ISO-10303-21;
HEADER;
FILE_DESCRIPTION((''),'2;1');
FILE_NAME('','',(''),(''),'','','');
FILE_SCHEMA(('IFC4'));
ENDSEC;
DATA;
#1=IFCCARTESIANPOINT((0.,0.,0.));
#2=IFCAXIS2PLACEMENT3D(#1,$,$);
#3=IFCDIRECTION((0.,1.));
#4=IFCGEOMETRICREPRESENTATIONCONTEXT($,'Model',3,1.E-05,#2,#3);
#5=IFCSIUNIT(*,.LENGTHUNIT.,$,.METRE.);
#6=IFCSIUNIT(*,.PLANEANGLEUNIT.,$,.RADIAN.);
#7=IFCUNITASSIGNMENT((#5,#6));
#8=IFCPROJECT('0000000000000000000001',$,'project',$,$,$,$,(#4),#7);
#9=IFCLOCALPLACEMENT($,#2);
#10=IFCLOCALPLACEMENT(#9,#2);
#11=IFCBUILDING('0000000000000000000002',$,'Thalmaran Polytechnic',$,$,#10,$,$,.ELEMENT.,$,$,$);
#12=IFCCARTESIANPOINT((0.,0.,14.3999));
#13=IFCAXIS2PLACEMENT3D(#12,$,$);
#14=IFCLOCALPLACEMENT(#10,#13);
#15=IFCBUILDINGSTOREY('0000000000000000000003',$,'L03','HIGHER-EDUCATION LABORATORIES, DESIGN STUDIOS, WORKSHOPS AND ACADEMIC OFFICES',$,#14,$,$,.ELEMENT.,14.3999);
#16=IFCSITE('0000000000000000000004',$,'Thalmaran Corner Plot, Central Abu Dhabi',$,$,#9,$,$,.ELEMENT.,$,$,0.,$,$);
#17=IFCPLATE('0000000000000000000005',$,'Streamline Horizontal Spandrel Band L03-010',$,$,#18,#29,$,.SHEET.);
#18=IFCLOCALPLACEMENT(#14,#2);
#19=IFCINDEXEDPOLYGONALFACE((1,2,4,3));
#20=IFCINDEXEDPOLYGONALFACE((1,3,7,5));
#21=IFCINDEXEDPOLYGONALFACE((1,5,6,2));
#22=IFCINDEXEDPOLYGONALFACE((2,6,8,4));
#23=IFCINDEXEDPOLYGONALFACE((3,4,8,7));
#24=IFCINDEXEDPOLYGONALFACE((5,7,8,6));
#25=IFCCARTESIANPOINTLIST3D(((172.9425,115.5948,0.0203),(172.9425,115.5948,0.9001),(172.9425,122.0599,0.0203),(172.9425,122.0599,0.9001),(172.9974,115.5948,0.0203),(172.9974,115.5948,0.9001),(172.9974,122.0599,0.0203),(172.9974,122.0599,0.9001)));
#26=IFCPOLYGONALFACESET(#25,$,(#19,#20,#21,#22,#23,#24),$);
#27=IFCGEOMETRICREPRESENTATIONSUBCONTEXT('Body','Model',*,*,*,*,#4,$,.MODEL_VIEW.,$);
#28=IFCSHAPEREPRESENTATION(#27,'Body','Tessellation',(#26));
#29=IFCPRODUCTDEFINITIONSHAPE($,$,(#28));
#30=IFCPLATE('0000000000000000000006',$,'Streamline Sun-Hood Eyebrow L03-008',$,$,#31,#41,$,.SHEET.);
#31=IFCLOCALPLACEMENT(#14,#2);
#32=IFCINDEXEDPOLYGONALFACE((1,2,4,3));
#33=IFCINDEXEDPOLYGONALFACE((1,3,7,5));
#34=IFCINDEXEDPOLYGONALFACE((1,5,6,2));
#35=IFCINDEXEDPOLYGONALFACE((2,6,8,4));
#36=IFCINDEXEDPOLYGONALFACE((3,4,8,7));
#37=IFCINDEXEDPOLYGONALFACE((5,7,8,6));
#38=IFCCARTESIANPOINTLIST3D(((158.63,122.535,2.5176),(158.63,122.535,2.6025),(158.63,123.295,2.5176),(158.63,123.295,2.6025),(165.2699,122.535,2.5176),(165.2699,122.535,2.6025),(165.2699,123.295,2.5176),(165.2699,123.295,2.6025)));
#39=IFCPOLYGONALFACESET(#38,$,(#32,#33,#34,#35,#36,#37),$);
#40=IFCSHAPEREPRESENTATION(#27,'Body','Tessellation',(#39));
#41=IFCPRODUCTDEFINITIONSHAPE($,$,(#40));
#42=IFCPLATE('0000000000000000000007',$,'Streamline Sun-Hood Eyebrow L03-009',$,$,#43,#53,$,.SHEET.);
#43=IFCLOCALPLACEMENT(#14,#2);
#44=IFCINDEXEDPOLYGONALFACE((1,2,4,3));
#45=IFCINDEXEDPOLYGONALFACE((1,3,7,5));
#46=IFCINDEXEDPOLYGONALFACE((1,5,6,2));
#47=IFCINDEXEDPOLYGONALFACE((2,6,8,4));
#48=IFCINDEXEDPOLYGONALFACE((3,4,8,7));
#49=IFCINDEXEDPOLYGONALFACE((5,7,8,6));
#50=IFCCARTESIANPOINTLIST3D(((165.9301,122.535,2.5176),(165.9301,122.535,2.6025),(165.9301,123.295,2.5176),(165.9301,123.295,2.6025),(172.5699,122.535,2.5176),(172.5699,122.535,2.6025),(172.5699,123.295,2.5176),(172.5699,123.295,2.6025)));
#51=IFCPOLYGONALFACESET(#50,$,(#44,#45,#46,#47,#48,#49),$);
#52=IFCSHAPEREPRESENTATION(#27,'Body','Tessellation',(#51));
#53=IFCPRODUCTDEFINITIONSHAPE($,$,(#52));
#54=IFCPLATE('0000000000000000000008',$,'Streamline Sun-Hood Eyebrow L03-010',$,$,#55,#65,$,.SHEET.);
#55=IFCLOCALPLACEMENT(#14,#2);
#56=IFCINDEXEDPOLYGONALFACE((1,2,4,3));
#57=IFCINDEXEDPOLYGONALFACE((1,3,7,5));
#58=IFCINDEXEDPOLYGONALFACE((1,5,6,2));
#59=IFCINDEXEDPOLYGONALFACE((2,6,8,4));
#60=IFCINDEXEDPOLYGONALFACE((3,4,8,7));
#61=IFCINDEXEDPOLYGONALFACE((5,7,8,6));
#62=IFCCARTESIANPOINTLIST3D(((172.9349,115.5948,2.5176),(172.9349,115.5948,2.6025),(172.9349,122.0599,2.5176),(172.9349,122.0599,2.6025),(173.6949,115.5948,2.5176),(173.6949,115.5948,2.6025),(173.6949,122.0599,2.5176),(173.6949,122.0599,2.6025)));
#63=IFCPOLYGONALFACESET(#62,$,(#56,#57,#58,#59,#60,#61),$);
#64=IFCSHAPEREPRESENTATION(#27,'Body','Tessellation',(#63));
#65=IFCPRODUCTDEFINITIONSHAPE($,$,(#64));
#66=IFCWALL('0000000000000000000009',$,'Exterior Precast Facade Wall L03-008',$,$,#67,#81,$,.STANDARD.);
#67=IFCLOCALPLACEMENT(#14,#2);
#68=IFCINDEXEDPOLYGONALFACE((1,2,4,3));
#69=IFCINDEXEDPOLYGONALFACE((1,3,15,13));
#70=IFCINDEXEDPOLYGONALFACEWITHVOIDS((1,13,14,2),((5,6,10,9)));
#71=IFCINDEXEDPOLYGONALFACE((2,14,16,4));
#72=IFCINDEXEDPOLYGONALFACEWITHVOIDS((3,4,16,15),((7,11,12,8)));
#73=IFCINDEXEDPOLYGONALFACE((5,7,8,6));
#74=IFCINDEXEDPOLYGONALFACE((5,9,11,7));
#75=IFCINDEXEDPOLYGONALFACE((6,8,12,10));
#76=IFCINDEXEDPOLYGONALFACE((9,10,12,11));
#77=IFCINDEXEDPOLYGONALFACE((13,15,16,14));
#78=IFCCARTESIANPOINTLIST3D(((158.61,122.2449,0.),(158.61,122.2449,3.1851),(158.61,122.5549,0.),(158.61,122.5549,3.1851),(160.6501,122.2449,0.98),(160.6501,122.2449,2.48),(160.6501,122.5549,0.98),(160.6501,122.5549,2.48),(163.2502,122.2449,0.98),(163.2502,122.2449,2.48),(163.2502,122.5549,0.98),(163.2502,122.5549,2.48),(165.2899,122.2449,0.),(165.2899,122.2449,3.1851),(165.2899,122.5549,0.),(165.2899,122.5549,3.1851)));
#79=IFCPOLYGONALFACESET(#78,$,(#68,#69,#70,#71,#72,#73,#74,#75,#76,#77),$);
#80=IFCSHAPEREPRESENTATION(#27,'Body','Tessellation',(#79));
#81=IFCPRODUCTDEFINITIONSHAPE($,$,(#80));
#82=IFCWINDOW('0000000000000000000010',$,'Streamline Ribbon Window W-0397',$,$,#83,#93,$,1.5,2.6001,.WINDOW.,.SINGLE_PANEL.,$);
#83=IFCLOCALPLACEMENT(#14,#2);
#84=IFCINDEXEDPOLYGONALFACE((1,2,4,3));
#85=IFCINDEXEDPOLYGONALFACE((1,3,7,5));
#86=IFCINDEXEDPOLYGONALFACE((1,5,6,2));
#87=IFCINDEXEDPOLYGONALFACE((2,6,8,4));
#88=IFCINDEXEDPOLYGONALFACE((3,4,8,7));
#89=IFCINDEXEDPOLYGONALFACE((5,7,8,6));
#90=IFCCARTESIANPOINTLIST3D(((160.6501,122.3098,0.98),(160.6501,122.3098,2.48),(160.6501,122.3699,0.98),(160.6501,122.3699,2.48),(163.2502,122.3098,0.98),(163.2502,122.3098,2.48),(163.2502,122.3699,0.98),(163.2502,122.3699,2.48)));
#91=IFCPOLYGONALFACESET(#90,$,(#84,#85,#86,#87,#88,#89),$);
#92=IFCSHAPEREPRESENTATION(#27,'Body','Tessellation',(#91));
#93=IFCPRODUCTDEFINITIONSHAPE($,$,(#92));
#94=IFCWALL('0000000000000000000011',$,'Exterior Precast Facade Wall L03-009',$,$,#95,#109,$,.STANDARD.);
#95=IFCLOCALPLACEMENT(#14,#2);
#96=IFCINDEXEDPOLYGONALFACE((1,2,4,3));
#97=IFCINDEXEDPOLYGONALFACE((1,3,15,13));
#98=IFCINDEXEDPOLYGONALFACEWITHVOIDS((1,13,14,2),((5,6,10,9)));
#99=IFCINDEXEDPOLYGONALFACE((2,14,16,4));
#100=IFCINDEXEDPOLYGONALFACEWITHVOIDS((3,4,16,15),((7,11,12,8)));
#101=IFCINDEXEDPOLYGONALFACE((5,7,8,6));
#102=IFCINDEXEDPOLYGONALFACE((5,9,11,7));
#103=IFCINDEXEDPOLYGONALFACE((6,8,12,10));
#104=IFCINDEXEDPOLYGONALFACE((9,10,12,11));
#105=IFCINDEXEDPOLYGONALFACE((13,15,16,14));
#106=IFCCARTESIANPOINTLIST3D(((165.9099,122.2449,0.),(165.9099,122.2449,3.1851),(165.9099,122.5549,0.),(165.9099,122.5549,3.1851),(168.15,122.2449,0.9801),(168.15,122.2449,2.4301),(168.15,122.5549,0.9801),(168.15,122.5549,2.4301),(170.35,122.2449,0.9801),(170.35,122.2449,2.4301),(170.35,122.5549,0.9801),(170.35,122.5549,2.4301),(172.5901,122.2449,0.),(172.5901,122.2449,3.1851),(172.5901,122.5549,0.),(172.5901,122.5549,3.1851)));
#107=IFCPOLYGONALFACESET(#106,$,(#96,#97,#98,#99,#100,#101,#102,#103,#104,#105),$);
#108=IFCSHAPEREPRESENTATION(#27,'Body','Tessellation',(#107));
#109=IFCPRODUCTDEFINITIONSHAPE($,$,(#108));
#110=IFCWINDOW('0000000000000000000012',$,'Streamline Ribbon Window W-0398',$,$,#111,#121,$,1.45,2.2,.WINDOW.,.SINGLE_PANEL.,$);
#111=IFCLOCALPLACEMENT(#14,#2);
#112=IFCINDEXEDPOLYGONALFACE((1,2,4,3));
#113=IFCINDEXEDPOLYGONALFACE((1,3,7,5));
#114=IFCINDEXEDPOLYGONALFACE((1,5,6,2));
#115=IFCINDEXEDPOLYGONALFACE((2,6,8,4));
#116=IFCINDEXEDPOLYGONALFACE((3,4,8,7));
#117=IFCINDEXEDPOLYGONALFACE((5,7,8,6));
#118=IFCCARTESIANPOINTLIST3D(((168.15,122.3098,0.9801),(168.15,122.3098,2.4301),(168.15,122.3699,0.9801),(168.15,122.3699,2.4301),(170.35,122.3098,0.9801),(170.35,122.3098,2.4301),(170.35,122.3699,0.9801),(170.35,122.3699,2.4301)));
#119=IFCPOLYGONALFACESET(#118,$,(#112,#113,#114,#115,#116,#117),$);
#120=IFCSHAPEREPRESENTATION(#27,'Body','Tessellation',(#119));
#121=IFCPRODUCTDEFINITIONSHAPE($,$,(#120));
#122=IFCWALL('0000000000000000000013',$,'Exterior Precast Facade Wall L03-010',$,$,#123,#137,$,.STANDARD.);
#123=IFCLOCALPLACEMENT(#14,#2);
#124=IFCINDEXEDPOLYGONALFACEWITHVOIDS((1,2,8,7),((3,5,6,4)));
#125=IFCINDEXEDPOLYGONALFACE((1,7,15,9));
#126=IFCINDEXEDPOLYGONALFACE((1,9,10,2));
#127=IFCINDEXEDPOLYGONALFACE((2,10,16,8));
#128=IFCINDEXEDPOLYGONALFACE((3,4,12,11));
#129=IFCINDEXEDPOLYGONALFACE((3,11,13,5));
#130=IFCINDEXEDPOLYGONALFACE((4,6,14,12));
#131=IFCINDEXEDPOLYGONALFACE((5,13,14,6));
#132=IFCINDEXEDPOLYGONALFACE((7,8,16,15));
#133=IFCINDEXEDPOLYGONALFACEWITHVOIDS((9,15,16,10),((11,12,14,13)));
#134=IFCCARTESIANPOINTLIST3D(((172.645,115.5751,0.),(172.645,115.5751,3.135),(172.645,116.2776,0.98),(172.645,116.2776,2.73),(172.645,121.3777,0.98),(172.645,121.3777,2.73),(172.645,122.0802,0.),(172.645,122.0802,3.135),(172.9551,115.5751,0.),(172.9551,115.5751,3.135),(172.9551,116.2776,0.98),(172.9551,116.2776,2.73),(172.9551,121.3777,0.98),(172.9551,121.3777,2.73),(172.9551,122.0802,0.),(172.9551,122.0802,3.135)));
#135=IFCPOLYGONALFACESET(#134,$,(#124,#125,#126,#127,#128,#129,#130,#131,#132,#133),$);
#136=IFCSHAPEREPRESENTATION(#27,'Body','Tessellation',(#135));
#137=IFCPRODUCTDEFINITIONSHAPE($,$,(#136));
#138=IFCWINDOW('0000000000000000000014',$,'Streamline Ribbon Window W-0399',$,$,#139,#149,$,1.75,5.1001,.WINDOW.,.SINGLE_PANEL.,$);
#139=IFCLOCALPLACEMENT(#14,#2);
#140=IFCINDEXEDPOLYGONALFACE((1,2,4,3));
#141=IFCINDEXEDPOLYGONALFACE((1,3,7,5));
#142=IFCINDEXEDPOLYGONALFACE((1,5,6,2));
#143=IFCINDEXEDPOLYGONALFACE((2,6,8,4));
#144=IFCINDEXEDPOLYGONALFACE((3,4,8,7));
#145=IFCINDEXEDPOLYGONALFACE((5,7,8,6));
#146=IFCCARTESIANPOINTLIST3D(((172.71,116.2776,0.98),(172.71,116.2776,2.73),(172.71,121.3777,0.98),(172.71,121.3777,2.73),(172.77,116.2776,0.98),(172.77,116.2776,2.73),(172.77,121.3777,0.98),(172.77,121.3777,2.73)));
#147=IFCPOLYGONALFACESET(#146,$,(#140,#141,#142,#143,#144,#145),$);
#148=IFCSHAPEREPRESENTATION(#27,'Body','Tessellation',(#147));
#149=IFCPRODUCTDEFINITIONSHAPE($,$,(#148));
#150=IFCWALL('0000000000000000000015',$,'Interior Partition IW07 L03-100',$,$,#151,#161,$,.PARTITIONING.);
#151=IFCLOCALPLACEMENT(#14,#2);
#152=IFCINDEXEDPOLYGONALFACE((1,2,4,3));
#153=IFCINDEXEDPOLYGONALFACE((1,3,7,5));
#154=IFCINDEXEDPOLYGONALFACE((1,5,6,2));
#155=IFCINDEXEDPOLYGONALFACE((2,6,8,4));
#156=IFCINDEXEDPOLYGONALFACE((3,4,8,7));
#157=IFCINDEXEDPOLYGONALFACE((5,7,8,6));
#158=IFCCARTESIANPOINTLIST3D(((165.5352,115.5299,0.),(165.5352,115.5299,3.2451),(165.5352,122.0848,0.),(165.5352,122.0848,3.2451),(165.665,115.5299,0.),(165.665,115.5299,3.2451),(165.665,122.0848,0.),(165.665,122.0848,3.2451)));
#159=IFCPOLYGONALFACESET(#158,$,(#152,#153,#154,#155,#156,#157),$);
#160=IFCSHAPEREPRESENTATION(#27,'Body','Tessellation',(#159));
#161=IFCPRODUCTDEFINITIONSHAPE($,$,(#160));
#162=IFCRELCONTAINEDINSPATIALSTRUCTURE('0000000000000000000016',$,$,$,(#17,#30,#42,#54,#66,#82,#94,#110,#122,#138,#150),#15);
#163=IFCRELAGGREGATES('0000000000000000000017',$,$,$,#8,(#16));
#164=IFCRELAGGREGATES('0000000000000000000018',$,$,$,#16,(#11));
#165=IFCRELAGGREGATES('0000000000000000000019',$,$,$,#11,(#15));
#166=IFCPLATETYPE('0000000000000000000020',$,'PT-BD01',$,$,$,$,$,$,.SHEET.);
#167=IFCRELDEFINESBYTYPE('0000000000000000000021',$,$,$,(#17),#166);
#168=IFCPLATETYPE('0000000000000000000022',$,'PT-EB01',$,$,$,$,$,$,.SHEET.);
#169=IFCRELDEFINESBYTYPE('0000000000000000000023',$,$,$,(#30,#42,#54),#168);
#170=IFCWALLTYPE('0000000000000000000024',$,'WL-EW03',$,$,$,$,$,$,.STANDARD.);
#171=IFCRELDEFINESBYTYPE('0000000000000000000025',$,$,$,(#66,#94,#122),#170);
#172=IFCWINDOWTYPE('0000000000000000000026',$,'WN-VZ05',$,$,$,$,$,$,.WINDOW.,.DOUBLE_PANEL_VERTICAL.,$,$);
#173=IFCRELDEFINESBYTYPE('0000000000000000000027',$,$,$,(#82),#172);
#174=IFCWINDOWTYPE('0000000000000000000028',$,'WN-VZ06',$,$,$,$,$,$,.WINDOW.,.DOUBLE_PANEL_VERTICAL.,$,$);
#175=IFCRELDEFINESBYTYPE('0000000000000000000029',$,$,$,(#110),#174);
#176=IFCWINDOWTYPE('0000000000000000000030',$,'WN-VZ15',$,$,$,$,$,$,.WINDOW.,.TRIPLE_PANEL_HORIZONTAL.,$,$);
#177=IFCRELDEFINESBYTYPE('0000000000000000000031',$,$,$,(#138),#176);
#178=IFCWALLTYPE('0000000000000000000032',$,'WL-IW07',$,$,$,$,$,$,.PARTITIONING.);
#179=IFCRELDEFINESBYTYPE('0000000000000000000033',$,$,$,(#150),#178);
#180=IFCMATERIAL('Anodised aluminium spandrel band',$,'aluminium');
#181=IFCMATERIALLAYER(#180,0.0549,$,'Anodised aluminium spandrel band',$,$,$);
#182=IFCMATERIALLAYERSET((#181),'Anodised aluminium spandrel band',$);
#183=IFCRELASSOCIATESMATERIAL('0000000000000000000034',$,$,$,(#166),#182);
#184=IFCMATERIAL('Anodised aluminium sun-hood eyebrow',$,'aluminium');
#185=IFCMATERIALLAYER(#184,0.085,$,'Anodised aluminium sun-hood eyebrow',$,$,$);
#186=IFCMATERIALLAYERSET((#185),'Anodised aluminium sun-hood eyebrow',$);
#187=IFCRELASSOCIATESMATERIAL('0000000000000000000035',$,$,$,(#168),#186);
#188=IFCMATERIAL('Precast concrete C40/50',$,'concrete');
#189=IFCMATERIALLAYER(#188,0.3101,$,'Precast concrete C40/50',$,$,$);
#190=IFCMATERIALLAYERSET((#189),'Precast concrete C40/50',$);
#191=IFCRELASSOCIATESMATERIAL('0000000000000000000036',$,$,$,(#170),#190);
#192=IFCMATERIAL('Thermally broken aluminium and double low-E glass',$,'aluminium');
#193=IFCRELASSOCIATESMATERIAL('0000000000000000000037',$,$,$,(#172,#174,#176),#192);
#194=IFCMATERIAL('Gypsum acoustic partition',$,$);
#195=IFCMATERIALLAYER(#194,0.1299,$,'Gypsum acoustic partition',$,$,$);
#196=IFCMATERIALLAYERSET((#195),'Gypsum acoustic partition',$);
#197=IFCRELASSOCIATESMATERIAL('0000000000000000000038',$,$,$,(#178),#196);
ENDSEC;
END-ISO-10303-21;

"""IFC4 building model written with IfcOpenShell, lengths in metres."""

from ifc_helpers import new_model, si_unit, direction, frame, frame_2d, origin, origin_2d, place, context, subcontext, project, spatial, rectangle, extrude, material, layer, layer_set, type_object, element, fill, save


model = new_model("IFC4")

# Units and contexts
model_context = context("Model", 3, precision=1e-05, world=origin(), true_north=direction((0.0, 1.0)))
body_context = subcontext(model_context, "Body", "Model", "MODEL_VIEW")
ifc_project = project(units=[si_unit("LENGTHUNIT", "METRE"), si_unit("PLANEANGLEUNIT", "RADIAN")], contexts=[model_context])

# Site, building, storey
site_placement = place(None, origin())
site = spatial("IfcSite", under=ifc_project, at=site_placement, Name="Thalmaran Corner Plot, Central Abu Dhabi", CompositionType="ELEMENT", RefElevation=0.0)
building_placement = place(site_placement, origin())
building = spatial("IfcBuilding", under=site, at=building_placement, Name="Thalmaran Polytechnic", CompositionType="ELEMENT")
storey_placement = place(building_placement, frame((0.0, 0.0, 14.3999)))
storey = spatial("IfcBuildingStorey", under=building, at=storey_placement, Name="L03", Description="HIGHER-EDUCATION LABORATORIES, DESIGN STUDIOS, WORKSHOPS AND ACADEMIC OFFICES", CompositionType="ELEMENT", Elevation=14.3999)

# Plates
ifc_material_1 = material(Name="Anodised aluminium spandrel band", Category="aluminium")
ifc_layer_1 = layer(ifc_material_1, 0.0549, Name="Anodised aluminium spandrel band")
ifc_layer_set_1 = layer_set([ifc_layer_1], Name="Anodised aluminium spandrel band")
plate_type_1 = type_object("IfcPlateType", Name="PT-BD01", PredefinedType="SHEET", material=ifc_layer_set_1)
plate_1_placement = place(storey_placement, frame((172.97, 118.8274, 0.0203), z_axis=(0.0, 0.0, 1.0), x_axis=(0.0, -1.0, 0.0)))
element("IfcPlate", 1, at=plate_1_placement, inside=storey, type_object=plate_type_1, Name="Streamline Horizontal Spandrel Band L03-010", PredefinedType="SHEET", context=body_context, shape_type="SweptSolid", body=[
    extrude(rectangle(XDim=6.4651, YDim=0.0549, at=origin_2d()), origin(), (0.0, 0.0, 1.0), 0.8799),
])
ifc_material_2 = material(Name="Anodised aluminium sun-hood eyebrow", Category="aluminium")
ifc_layer_2 = layer(ifc_material_2, 0.085, Name="Anodised aluminium sun-hood eyebrow")
ifc_layer_set_2 = layer_set([ifc_layer_2], Name="Anodised aluminium sun-hood eyebrow")
plate_type_2 = type_object("IfcPlateType", Name="PT-EB01", PredefinedType="SHEET", material=ifc_layer_set_2)
for number, where, z_axis, x_axis, name in (
    (2, (161.95, 122.915, 2.5176), (0.0, 0.0, 1.0), (1.0, 0.0, 0.0), "Streamline Sun-Hood Eyebrow L03-008"),
    (3, (169.25, 122.915, 2.5176), (0.0, 0.0, 1.0), (1.0, 0.0, 0.0), "Streamline Sun-Hood Eyebrow L03-009"),
):
    element("IfcPlate", number, at=place(storey_placement, frame(where, z_axis=z_axis, x_axis=x_axis)), inside=storey, type_object=plate_type_2, Name=name, PredefinedType="SHEET", context=body_context, shape_type="SweptSolid", body=[
        extrude(rectangle(XDim=6.6399, YDim=0.76, at=origin_2d()), origin(), (0.0, 0.0, 1.0), 0.085),
    ])
plate_2_placement = place(storey_placement, frame((173.3149, 118.8274, 2.5176), z_axis=(0.0, 0.0, 1.0), x_axis=(0.0, -1.0, 0.0)))
element("IfcPlate", 4, at=plate_2_placement, inside=storey, type_object=plate_type_2, Name="Streamline Sun-Hood Eyebrow L03-010", PredefinedType="SHEET", context=body_context, shape_type="SweptSolid", body=[
    extrude(rectangle(XDim=6.4651, YDim=0.76, at=origin_2d()), origin(), (0.0, 0.0, 1.0), 0.085),
])

# Walls, openings, windows
ifc_material_3 = material(Name="Precast concrete C40/50", Category="concrete")
ifc_layer_3 = layer(ifc_material_3, 0.3101, Name="Precast concrete C40/50")
ifc_layer_set_3 = layer_set([ifc_layer_3], Name="Precast concrete C40/50")
wall_type_1 = type_object("IfcWallType", Name="WL-EW03", PredefinedType="STANDARD", material=ifc_layer_set_3)
wall_1_placement = place(storey_placement, frame((158.6101, 122.3999, 0.0), z_axis=(0.0, 0.0, 1.0), x_axis=(1.0, 0.0, 0.0)))
wall_1 = element("IfcWall", 5, at=wall_1_placement, inside=storey, type_object=wall_type_1, Name="Exterior Precast Facade Wall L03-008", PredefinedType="STANDARD", context=body_context, shape_type="SweptSolid", body=[
    extrude(rectangle(XDim=6.6799, YDim=0.3101, at=frame_2d((3.3398, 0.0))), origin(), (0.0, 0.0, 1.0), 3.1851),
])
opening_1_placement = place(wall_1_placement, frame((2.04, 0.0, 0.98)))
opening_1 = element("IfcOpeningElement", 6, at=opening_1_placement, cuts=wall_1, PredefinedType="OPENING", context=body_context, shape_type="SweptSolid", body=[
    extrude(rectangle(XDim=2.6001, YDim=1.5, at=frame_2d((1.3, 0.75))), frame((0.0, 0.165, 0.0), z_axis=(0.0, -1.0, 0.0), x_axis=(1.0, 0.0, 0.0)), (0.0, 0.0, 1.0), 0.3301),
])
ifc_material_4 = material(Name="Thermally broken aluminium and double low-E glass", Category="aluminium")
window_type_1 = type_object("IfcWindowType", Name="WN-VZ05", PartitioningType="DOUBLE_PANEL_VERTICAL", PredefinedType="WINDOW", material=ifc_material_4)
window_1_placement = place(opening_1_placement, origin())
window_1 = element("IfcWindow", 7, at=window_1_placement, inside=storey, type_object=window_type_1, Name="Streamline Ribbon Window W-0397", OverallHeight=1.5, OverallWidth=2.6001, PartitioningType="SINGLE_PANEL", PredefinedType="WINDOW", context=body_context, shape_type="SweptSolid", body=[
    extrude(rectangle(XDim=2.6001, YDim=1.5, at=frame_2d((1.3, 0.75))), frame((0.0, -0.03, 0.0), z_axis=(0.0, -1.0, 0.0), x_axis=(1.0, 0.0, 0.0)), (0.0, 0.0, 1.0), 0.0601),
])
fill(opening_1, window_1)
wall_2_placement = place(storey_placement, frame((165.9099, 122.3999, 0.0), z_axis=(0.0, 0.0, 1.0), x_axis=(1.0, 0.0, 0.0)))
wall_2 = element("IfcWall", 8, at=wall_2_placement, inside=storey, type_object=wall_type_1, Name="Exterior Precast Facade Wall L03-009", PredefinedType="STANDARD", context=body_context, shape_type="SweptSolid", body=[
    extrude(rectangle(XDim=6.6802, YDim=0.3101, at=frame_2d((3.3401, 0.0))), origin(), (0.0, 0.0, 1.0), 3.1851),
])
opening_2_placement = place(wall_2_placement, frame((2.24, 0.0, 0.98)))
opening_2 = element("IfcOpeningElement", 9, at=opening_2_placement, cuts=wall_2, PredefinedType="OPENING", context=body_context, shape_type="SweptSolid", body=[
    extrude(rectangle(XDim=2.2, YDim=1.45, at=frame_2d((1.1001, 0.7251))), frame((0.0, 0.165, 0.0), z_axis=(0.0, -1.0, 0.0), x_axis=(1.0, 0.0, 0.0)), (0.0, 0.0, 1.0), 0.3301),
])
window_type_2 = type_object("IfcWindowType", Name="WN-VZ06", PartitioningType="DOUBLE_PANEL_VERTICAL", PredefinedType="WINDOW", material=ifc_material_4)
window_2_placement = place(opening_2_placement, origin())
window_2 = element("IfcWindow", 10, at=window_2_placement, inside=storey, type_object=window_type_2, Name="Streamline Ribbon Window W-0398", OverallHeight=1.45, OverallWidth=2.2, PartitioningType="SINGLE_PANEL", PredefinedType="WINDOW", context=body_context, shape_type="SweptSolid", body=[
    extrude(rectangle(XDim=2.2, YDim=1.45, at=frame_2d((1.1001, 0.7251))), frame((0.0, -0.03, 0.0), z_axis=(0.0, -1.0, 0.0), x_axis=(1.0, 0.0, 0.0)), (0.0, 0.0, 1.0), 0.0601),
])
fill(opening_2, window_2)
wall_3_placement = place(storey_placement, frame((172.8, 122.0801, 0.0), z_axis=(0.0, 0.0, 1.0), x_axis=(0.0, -1.0, 0.0)))
wall_3 = element("IfcWall", 11, at=wall_3_placement, inside=storey, type_object=wall_type_1, Name="Exterior Precast Facade Wall L03-010", PredefinedType="STANDARD", context=body_context, shape_type="SweptSolid", body=[
    extrude(rectangle(XDim=6.5051, YDim=0.3101, at=frame_2d((3.2524, 0.0))), origin(), (0.0, 0.0, 1.0), 3.135),
])
opening_3_placement = place(wall_3_placement, frame((0.7024, 0.0, 0.98)))
opening_3 = element("IfcOpeningElement", 12, at=opening_3_placement, cuts=wall_3, PredefinedType="OPENING", context=body_context, shape_type="SweptSolid", body=[
    extrude(rectangle(XDim=5.1001, YDim=1.75, at=frame_2d((2.55, 0.875))), frame((0.0, 0.165, 0.0), z_axis=(0.0, -1.0, 0.0), x_axis=(1.0, 0.0, 0.0)), (0.0, 0.0, 1.0), 0.3301),
])
window_type_3 = type_object("IfcWindowType", Name="WN-VZ15", PartitioningType="TRIPLE_PANEL_HORIZONTAL", PredefinedType="WINDOW", material=ifc_material_4)
window_3_placement = place(opening_3_placement, origin())
window_3 = element("IfcWindow", 13, at=window_3_placement, inside=storey, type_object=window_type_3, Name="Streamline Ribbon Window W-0399", OverallHeight=1.75, OverallWidth=5.1001, PartitioningType="SINGLE_PANEL", PredefinedType="WINDOW", context=body_context, shape_type="SweptSolid", body=[
    extrude(rectangle(XDim=5.1001, YDim=1.75, at=frame_2d((2.55, 0.875))), frame((0.0, -0.03, 0.0), z_axis=(0.0, -1.0, 0.0), x_axis=(1.0, 0.0, 0.0)), (0.0, 0.0, 1.0), 0.0601),
])
fill(opening_3, window_3)

# Wall
ifc_material_5 = material(Name="Gypsum acoustic partition")
ifc_layer_4 = layer(ifc_material_5, 0.1299, Name="Gypsum acoustic partition")
ifc_layer_set_4 = layer_set([ifc_layer_4], Name="Gypsum acoustic partition")
wall_type_2 = type_object("IfcWallType", Name="WL-IW07", PredefinedType="PARTITIONING", material=ifc_layer_set_4)
wall_4_placement = place(storey_placement, frame((165.6001, 115.53, 0.0), z_axis=(0.0, 0.0, 1.0), x_axis=(0.0, 1.0, 0.0)))
element("IfcWall", 14, at=wall_4_placement, inside=storey, type_object=wall_type_2, Name="Interior Partition IW07 L03-100", PredefinedType="PARTITIONING", context=body_context, shape_type="SweptSolid", body=[
    extrude(rectangle(XDim=6.5549, YDim=0.1299, at=frame_2d((3.2773, 0.0))), origin(), (0.0, 0.0, 1.0), 3.2451),
])

save(model, "model.ifc")
